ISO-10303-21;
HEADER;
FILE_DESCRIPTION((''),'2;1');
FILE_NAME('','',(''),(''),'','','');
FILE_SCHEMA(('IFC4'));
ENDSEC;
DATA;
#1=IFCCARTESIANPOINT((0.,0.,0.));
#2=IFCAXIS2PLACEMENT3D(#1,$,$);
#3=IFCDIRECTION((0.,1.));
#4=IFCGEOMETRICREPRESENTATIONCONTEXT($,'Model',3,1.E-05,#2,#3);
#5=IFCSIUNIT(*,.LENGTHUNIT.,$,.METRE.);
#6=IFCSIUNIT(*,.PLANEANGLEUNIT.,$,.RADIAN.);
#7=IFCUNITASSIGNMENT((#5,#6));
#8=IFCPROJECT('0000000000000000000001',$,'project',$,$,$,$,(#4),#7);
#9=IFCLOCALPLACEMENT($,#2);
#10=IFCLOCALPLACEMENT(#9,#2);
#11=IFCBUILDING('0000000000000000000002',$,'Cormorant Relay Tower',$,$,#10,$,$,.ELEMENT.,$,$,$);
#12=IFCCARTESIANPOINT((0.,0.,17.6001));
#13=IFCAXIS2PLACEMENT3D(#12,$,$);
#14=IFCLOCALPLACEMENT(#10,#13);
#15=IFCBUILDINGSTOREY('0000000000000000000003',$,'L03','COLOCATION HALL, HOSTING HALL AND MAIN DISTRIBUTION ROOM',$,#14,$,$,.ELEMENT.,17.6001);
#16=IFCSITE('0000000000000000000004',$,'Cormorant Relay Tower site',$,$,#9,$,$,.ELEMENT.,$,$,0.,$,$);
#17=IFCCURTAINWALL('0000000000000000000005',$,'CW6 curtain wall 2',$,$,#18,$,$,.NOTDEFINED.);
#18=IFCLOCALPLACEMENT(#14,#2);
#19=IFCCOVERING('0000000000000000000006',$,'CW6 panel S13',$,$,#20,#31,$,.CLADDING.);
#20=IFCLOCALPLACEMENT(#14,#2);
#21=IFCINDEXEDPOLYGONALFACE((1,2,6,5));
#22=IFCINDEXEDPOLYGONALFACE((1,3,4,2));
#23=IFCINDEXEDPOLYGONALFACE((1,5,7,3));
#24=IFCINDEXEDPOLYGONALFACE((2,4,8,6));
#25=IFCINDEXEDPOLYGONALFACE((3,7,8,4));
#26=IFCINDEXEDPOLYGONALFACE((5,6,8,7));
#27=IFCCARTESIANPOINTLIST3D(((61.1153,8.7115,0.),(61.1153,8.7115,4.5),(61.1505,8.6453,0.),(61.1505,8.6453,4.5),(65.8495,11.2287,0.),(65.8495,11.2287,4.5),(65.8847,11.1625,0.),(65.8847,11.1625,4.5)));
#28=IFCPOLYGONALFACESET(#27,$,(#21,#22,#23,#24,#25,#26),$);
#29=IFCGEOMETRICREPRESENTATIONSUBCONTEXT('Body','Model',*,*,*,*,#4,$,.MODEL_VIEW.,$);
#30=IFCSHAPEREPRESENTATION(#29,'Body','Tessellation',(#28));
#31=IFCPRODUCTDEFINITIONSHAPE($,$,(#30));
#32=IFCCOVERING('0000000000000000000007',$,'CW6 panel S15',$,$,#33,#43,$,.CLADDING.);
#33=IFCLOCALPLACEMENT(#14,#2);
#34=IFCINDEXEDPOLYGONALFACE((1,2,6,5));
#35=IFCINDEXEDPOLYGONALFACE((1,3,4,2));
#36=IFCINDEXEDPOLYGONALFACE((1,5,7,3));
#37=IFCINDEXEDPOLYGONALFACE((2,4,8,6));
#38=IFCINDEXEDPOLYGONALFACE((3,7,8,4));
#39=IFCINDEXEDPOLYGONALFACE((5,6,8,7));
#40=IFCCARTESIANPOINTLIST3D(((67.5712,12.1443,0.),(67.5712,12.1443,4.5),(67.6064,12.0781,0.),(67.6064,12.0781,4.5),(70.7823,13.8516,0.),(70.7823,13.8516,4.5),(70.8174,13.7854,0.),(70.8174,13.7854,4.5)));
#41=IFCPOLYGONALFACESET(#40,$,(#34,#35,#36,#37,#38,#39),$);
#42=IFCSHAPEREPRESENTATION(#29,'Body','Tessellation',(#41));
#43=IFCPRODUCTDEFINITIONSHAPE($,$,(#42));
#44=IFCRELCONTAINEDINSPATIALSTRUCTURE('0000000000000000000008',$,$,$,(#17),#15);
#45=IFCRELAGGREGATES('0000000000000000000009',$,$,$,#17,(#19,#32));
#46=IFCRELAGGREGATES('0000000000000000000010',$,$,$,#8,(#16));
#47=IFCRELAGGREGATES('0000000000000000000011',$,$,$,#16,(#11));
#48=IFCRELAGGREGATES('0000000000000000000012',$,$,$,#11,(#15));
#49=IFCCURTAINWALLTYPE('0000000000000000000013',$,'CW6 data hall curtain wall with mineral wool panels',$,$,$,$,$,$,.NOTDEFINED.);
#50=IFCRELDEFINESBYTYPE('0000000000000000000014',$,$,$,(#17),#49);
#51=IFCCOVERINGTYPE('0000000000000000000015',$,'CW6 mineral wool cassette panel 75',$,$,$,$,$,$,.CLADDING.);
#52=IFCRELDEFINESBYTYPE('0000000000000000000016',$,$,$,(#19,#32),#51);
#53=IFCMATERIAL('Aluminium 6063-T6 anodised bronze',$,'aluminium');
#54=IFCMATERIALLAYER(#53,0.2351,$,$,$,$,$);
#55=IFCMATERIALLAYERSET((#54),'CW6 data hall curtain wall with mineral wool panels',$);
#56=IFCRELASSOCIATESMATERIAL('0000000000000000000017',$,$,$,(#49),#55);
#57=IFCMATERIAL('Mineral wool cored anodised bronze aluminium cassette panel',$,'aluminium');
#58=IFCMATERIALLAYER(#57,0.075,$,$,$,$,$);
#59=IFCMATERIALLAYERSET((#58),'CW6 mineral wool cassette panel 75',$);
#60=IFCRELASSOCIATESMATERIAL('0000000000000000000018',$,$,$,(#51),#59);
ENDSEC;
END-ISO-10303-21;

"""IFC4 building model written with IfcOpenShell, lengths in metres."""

from ifc_helpers import new_model, si_unit, direction, frame, origin, origin_2d, place, context, subcontext, project, spatial, rectangle, extrude, material, layer, layer_set, type_object, element, aggregate, save


model = new_model("IFC4")

# Units and contexts
model_context = context("Model", 3, precision=1e-05, world=origin(), true_north=direction((0.0, 1.0)))
body_context = subcontext(model_context, "Body", "Model", "MODEL_VIEW")
ifc_project = project(units=[si_unit("LENGTHUNIT", "METRE"), si_unit("PLANEANGLEUNIT", "RADIAN")], contexts=[model_context])

# Site, building, storey
site_placement = place(None, origin())
site = spatial("IfcSite", under=ifc_project, at=site_placement, Name="Cormorant Relay Tower site", CompositionType="ELEMENT", RefElevation=0.0)
building_placement = place(site_placement, origin())
building = spatial("IfcBuilding", under=site, at=building_placement, Name="Cormorant Relay Tower", CompositionType="ELEMENT")
storey_placement = place(building_placement, frame((0.0, 0.0, 17.6001)))
storey = spatial("IfcBuildingStorey", under=building, at=storey_placement, Name="L03", Description="COLOCATION HALL, HOSTING HALL AND MAIN DISTRIBUTION ROOM", CompositionType="ELEMENT", Elevation=17.6001)

# Curtain wall
ifc_material_1 = material(Name="Aluminium 6063-T6 anodised bronze", Category="aluminium")
ifc_layer_1 = layer(ifc_material_1, 0.2351)
ifc_layer_set_1 = layer_set([ifc_layer_1], Name="CW6 data hall curtain wall with mineral wool panels")
curtain_wall_type = type_object("IfcCurtainWallType", Name="CW6 data hall curtain wall with mineral wool panels", PredefinedType="NOTDEFINED", material=ifc_layer_set_1)
curtain_wall_1_placement = place(storey_placement, origin())
curtain_wall_1 = element("IfcCurtainWall", 1, at=curtain_wall_1_placement, inside=storey, type_object=curtain_wall_type, Name="CW6 curtain wall 2", PredefinedType="NOTDEFINED")

# Coverings
ifc_material_2 = material(Name="Mineral wool cored anodised bronze aluminium cassette panel", Category="aluminium")
ifc_layer_2 = layer(ifc_material_2, 0.075)
ifc_layer_set_2 = layer_set([ifc_layer_2], Name="CW6 mineral wool cassette panel 75")
covering_type = type_object("IfcCoveringType", Name="CW6 mineral wool cassette panel 75", PredefinedType="CLADDING", material=ifc_layer_set_2)
covering_1_placement = place(storey_placement, frame((63.5, 9.937, 0.0), z_axis=(0.0, 0.0, 1.0), x_axis=(0.882948, 0.469472, 0.0)))
covering_1 = element("IfcCovering", 2, at=covering_1_placement, type_object=covering_type, Name="CW6 panel S13", PredefinedType="CLADDING", context=body_context, shape_type="SweptSolid", body=[
    extrude(rectangle(XDim=5.3618, YDim=0.075, at=origin_2d()), origin(), (0.0, 0.0, 1.0), 4.5),
])
covering_2_placement = place(storey_placement, frame((69.1943, 12.9648, 0.0), z_axis=(0.0, 0.0, 1.0), x_axis=(0.882948, 0.469472, 0.0)))
covering_2 = element("IfcCovering", 3, at=covering_2_placement, type_object=covering_type, Name="CW6 panel S15", PredefinedType="CLADDING", context=body_context, shape_type="SweptSolid", body=[
    extrude(rectangle(XDim=3.6367, YDim=0.075, at=origin_2d()), origin(), (0.0, 0.0, 1.0), 4.5),
])
aggregate(curtain_wall_1, [covering_1, covering_2])

save(model, "model.ifc")
